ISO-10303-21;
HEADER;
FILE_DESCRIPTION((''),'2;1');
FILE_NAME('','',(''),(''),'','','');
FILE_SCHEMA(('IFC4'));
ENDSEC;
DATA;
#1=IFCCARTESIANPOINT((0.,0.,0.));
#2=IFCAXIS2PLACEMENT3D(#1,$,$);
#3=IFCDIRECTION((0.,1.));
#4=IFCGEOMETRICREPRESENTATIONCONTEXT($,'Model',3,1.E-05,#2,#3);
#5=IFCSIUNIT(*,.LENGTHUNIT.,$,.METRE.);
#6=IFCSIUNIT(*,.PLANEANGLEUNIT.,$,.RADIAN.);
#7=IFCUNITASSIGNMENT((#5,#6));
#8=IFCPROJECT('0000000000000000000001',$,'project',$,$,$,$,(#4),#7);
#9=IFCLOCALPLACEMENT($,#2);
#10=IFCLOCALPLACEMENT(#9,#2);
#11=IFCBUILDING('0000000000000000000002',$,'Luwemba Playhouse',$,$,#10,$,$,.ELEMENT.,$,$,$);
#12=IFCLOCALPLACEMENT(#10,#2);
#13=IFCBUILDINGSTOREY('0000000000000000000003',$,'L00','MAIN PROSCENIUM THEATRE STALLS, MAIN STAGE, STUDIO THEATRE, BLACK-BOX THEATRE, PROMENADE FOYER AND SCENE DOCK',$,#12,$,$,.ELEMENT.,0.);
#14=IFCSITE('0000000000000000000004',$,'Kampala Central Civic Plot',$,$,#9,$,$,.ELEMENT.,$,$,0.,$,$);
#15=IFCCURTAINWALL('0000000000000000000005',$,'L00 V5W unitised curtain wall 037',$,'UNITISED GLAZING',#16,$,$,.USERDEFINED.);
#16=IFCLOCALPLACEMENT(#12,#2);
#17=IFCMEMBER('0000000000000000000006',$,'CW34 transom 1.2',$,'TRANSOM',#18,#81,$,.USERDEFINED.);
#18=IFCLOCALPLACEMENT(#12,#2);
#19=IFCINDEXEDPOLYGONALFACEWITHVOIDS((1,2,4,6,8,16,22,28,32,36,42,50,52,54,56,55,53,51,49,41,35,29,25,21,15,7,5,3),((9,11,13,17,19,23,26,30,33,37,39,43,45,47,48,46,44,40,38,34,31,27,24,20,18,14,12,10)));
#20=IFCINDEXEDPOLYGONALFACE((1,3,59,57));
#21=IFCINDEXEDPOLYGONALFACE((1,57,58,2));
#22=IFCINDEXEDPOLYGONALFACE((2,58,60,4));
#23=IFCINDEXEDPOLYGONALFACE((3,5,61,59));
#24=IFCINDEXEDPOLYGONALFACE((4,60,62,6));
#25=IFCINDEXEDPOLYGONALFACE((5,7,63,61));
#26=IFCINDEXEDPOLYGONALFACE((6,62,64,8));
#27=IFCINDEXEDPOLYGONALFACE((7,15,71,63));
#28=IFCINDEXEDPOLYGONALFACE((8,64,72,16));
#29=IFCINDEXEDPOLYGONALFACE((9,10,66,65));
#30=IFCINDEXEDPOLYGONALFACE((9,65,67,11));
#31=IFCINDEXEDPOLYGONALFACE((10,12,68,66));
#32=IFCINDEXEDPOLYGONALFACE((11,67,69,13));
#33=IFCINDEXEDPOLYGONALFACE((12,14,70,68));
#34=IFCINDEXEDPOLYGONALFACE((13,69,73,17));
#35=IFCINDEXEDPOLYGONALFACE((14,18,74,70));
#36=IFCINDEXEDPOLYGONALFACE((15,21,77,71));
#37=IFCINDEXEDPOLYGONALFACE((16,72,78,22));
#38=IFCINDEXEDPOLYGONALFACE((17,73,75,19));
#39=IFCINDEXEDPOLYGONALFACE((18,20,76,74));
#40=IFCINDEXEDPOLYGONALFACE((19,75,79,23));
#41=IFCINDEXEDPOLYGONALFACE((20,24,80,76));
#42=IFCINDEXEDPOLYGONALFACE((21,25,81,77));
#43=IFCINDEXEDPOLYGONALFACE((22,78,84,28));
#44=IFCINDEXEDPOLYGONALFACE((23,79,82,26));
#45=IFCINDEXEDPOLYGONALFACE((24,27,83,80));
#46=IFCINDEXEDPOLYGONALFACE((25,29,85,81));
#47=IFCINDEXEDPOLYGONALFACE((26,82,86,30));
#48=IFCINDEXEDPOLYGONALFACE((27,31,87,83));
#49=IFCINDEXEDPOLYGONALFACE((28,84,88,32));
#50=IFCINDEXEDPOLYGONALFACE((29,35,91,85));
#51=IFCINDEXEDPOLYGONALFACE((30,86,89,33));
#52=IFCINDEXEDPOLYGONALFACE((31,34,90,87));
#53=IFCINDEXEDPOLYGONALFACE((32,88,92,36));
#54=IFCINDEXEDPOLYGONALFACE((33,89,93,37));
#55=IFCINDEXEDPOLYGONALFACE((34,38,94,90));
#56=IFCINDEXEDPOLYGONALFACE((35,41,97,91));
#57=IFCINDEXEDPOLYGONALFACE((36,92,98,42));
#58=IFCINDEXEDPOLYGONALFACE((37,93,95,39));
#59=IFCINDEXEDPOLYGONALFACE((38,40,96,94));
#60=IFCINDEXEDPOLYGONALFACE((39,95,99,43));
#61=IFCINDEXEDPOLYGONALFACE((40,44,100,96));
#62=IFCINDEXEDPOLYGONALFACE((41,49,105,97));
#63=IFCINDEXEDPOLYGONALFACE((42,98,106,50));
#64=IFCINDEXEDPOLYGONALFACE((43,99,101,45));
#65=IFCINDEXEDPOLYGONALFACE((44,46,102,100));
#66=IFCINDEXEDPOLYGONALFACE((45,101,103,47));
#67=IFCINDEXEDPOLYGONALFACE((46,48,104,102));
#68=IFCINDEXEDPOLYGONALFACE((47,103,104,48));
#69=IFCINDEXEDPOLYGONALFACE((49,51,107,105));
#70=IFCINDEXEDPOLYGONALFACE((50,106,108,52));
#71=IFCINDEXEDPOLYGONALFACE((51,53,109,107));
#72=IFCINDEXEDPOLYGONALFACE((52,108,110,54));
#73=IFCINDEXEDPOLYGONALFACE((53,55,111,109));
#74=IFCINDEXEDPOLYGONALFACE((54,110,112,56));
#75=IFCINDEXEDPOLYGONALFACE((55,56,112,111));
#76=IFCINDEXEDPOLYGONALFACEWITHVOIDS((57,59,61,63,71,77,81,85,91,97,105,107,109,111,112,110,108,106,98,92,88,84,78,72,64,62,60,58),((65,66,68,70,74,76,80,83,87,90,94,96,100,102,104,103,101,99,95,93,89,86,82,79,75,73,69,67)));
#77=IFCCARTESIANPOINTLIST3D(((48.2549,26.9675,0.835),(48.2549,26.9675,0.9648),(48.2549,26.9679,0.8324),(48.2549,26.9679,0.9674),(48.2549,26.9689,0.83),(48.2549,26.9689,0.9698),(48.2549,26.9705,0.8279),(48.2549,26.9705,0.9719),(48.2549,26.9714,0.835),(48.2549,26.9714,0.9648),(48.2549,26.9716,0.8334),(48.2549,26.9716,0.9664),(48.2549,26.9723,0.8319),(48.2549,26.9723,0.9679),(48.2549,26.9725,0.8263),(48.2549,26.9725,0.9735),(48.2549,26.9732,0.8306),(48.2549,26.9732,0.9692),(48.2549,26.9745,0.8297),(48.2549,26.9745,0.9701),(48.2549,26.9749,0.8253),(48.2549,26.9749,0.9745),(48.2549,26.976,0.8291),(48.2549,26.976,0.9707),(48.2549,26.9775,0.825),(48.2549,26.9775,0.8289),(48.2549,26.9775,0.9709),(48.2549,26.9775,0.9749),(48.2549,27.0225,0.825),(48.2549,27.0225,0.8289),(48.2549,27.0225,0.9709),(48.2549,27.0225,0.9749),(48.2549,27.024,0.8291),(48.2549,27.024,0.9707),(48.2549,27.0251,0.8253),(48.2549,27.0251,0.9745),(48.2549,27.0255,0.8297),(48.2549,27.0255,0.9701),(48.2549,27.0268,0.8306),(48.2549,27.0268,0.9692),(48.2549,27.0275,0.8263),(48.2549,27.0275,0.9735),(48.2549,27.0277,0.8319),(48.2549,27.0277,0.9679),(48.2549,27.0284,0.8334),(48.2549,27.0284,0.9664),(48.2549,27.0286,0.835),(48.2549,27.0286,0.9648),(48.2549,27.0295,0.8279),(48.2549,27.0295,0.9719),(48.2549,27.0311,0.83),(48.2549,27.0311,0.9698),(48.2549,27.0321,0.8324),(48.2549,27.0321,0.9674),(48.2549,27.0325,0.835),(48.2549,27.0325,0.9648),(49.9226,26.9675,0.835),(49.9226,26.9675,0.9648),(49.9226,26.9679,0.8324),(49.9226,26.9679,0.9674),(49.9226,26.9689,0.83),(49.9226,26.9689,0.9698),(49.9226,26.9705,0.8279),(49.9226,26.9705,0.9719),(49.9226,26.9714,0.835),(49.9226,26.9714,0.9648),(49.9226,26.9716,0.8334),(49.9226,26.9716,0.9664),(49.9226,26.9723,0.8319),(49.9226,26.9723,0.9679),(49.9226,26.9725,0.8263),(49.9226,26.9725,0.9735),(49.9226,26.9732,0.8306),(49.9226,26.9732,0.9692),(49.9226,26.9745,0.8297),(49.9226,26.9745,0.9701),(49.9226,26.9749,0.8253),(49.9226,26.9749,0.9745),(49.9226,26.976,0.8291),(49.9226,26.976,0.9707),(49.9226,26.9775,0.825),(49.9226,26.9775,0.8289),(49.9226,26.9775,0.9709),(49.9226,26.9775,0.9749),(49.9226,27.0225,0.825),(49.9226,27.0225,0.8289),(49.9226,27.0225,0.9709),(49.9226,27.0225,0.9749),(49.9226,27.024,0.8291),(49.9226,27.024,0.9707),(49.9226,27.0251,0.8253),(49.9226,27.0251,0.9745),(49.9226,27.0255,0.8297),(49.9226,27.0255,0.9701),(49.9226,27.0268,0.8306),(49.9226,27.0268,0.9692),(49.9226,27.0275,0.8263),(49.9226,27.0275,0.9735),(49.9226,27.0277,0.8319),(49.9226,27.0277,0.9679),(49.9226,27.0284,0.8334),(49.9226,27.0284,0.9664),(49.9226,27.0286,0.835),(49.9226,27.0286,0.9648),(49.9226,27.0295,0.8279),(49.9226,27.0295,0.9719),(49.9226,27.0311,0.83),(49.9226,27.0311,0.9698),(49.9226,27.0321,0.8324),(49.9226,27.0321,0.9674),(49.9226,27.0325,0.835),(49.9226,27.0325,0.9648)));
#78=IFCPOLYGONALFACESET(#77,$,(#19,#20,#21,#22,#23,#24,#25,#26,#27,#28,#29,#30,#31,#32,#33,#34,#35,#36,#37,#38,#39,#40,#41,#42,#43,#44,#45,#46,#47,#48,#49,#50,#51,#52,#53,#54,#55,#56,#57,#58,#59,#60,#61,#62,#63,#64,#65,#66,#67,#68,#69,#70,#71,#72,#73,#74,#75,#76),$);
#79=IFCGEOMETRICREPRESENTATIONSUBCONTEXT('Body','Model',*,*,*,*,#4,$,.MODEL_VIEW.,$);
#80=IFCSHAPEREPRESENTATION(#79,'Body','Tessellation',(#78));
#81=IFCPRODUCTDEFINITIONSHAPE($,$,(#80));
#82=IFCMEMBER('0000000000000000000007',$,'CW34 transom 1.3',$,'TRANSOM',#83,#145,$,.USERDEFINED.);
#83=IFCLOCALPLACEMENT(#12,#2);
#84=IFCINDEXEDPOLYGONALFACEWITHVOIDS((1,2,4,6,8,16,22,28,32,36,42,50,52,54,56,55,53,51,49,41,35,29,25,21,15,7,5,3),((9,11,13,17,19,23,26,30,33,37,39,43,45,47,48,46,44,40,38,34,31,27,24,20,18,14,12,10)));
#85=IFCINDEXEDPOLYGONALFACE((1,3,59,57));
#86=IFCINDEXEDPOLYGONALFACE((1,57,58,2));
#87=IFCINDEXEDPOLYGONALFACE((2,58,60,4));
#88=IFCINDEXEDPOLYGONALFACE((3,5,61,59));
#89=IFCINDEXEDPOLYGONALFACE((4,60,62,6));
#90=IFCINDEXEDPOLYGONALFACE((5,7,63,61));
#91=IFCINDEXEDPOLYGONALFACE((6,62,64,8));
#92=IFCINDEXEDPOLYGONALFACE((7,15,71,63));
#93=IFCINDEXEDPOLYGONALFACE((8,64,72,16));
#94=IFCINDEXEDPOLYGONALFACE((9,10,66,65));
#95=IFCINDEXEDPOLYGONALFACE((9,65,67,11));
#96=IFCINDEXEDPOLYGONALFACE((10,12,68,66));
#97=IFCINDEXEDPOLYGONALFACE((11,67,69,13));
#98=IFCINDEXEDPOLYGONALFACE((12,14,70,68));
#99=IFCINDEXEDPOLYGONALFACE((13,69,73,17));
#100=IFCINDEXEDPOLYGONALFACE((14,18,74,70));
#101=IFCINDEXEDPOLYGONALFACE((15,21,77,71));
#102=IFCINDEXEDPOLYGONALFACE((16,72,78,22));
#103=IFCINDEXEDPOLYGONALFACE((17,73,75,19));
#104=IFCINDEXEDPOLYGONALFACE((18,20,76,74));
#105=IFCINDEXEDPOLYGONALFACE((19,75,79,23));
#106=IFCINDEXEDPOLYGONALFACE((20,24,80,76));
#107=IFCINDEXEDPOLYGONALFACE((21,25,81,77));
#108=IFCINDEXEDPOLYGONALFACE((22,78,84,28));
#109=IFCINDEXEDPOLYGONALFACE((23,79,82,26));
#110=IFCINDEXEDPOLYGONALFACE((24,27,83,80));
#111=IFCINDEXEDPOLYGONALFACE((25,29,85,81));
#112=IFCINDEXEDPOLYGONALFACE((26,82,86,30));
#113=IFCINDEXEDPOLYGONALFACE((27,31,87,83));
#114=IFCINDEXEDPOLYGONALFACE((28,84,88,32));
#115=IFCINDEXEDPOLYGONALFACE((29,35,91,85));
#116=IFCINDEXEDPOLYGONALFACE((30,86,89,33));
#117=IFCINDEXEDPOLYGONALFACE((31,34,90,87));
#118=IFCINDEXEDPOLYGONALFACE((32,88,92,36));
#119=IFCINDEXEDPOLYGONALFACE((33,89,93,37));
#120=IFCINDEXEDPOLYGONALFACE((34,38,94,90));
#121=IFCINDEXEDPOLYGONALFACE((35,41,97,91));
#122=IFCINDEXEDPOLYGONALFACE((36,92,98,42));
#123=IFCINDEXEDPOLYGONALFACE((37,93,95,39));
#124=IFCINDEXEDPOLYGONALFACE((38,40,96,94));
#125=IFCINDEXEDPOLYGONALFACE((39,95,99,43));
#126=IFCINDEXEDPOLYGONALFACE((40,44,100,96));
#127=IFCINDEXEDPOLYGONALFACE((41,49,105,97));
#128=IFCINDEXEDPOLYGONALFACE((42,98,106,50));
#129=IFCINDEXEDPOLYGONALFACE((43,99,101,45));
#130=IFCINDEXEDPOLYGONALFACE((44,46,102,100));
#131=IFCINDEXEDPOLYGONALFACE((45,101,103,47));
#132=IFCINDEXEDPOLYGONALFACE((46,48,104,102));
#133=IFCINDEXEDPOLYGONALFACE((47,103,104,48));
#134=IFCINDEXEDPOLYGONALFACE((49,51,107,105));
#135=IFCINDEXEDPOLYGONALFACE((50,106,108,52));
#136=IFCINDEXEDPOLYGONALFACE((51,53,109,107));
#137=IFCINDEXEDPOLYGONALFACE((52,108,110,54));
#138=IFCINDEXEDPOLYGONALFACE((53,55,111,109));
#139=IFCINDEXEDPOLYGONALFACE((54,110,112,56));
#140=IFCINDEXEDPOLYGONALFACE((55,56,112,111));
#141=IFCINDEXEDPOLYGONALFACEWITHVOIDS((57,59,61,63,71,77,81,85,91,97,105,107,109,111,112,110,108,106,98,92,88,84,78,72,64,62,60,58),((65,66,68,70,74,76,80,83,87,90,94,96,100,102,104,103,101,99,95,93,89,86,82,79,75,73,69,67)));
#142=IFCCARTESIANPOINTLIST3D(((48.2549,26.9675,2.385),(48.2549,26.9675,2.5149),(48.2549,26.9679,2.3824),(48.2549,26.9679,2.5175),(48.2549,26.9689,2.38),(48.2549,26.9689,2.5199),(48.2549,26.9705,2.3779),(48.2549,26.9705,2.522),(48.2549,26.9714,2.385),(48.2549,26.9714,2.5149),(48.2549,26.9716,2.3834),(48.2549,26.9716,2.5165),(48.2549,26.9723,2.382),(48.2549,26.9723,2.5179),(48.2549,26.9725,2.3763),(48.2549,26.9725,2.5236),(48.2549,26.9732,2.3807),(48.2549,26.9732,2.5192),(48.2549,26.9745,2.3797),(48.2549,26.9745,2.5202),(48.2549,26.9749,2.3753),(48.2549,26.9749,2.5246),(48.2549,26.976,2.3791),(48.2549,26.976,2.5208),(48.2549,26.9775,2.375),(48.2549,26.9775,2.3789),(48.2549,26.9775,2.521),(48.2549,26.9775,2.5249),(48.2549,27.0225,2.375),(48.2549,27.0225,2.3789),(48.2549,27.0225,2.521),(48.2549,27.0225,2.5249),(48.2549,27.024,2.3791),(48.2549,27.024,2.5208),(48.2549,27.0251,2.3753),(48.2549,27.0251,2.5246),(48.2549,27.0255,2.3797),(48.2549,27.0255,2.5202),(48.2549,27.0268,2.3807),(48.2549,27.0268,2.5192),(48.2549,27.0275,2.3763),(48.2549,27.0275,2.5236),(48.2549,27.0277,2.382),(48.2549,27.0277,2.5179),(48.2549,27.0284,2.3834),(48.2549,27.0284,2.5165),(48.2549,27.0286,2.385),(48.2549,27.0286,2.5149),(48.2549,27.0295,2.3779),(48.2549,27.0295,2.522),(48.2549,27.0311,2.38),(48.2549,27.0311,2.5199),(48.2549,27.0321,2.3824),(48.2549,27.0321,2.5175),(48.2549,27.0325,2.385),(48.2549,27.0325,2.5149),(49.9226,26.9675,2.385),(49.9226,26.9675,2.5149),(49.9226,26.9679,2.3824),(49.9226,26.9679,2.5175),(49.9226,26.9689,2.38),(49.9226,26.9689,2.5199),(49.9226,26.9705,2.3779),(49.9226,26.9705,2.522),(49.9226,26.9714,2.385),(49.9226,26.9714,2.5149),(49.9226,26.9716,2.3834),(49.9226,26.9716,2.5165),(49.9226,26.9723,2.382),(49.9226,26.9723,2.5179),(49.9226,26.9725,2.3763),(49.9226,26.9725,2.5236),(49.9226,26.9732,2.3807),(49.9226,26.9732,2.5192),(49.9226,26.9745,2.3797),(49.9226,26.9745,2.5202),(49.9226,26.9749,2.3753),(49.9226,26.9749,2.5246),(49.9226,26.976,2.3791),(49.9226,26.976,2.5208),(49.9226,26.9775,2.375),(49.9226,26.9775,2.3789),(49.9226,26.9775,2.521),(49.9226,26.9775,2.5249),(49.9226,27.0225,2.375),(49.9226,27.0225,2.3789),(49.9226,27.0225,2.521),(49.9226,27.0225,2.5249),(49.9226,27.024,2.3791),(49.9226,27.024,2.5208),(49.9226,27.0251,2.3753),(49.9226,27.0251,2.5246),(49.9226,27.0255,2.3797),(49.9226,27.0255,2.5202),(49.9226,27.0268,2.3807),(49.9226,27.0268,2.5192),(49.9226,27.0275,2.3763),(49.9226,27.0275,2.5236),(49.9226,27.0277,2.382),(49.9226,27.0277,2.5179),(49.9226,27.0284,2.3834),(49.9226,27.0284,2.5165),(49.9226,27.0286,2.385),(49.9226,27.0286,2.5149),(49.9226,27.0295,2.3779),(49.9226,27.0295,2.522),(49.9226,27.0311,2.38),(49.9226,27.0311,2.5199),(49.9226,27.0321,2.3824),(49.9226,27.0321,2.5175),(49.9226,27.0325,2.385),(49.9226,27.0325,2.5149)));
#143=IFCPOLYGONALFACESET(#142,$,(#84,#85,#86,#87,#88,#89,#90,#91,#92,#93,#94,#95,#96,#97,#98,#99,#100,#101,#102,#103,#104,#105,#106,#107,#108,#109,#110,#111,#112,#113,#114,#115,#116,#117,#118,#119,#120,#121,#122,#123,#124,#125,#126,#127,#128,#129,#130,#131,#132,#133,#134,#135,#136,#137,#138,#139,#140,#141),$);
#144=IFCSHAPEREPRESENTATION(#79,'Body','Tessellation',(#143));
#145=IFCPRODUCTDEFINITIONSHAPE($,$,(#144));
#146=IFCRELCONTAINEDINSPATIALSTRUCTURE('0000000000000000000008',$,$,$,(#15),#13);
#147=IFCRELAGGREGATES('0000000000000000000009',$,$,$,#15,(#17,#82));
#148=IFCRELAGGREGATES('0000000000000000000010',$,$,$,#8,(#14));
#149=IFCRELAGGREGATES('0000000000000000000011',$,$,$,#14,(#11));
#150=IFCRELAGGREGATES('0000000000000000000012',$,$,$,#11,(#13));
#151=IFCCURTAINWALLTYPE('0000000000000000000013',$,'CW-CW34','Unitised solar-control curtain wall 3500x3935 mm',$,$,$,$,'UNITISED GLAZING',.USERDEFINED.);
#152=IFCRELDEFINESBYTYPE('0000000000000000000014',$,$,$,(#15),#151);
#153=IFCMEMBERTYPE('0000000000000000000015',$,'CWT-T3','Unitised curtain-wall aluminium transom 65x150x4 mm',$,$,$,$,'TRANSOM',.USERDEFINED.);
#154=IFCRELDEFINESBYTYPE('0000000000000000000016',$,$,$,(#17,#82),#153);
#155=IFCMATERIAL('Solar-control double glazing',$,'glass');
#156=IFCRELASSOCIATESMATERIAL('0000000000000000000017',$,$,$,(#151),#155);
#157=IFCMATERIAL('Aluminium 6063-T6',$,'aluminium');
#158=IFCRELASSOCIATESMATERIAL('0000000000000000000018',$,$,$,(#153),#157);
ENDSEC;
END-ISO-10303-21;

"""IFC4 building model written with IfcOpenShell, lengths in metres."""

from ifc_helpers import new_model, si_unit, direction, frame, origin, origin_2d, place, context, subcontext, project, spatial, hollow_rectangle, extrude, material, material_profile, profile_set, type_object, element, aggregate, save


model = new_model("IFC4")

# Units and contexts
model_context = context("Model", 3, precision=1e-05, world=origin(), true_north=direction((0.0, 1.0)))
body_context = subcontext(model_context, "Body", "Model", "MODEL_VIEW")
ifc_project = project(units=[si_unit("LENGTHUNIT", "METRE"), si_unit("PLANEANGLEUNIT", "RADIAN")], contexts=[model_context])

# Site, building, storey
site_placement = place(None, origin())
site = spatial("IfcSite", under=ifc_project, at=site_placement, Name="Kampala Central Civic Plot", CompositionType="ELEMENT", RefElevation=0.0)
building_placement = place(site_placement, origin())
building = spatial("IfcBuilding", under=site, at=building_placement, Name="Luwemba Playhouse", CompositionType="ELEMENT")
storey_placement = place(building_placement, origin())
storey = spatial("IfcBuildingStorey", under=building, at=storey_placement, Name="L00", Description="MAIN PROSCENIUM THEATRE STALLS, MAIN STAGE, STUDIO THEATRE, BLACK-BOX THEATRE, PROMENADE FOYER AND SCENE DOCK", CompositionType="ELEMENT", Elevation=0.0)

# Shared definitions
ifc_material_1 = material(Name="Solar-control double glazing", Category="glass")
ifc_material_2 = material(Name="Aluminium 6063-T6", Category="aluminium")

# Curtain wall
curtain_wall_type_1 = type_object("IfcCurtainWallType", Name="CW-CW34", Description="Unitised solar-control curtain wall 3500x3935 mm", ElementType="UNITISED GLAZING", PredefinedType="USERDEFINED", material=ifc_material_1)
curtain_wall_1_placement = place(storey_placement, origin())
curtain_wall_1 = element("IfcCurtainWall", 1, at=curtain_wall_1_placement, inside=storey, type_object=curtain_wall_type_1, Name="L00 V5W unitised curtain wall 037", ObjectType="UNITISED GLAZING", PredefinedType="USERDEFINED")

# Members
ifc_material_profile_1 = material_profile(ifc_material_2, hollow_rectangle(XDim=0.0649, YDim=0.1499, WallThickness=0.0039, InnerFilletRadius=0.0061, OuterFilletRadius=0.01, at=origin_2d()))
ifc_profile_set_1 = profile_set([ifc_material_profile_1], Name="Aluminium 6063-T6")
member_type_1 = type_object("IfcMemberType", Name="CWT-T3", Description="Unitised curtain-wall aluminium transom 65x150x4 mm", ElementType="TRANSOM", PredefinedType="USERDEFINED", material=ifc_profile_set_1)
member_1_placement = place(storey_placement, frame((48.2549, 27.0, 0.8999), z_axis=(1.0, 0.0, 0.0), x_axis=(0.0, 1.0, 0.0)))
member_1 = element("IfcMember", 2, at=member_1_placement, type_object=member_type_1, Name="CW34 transom 1.2", ObjectType="TRANSOM", PredefinedType="USERDEFINED", context=body_context, shape_type="SweptSolid", body=[
    extrude(hollow_rectangle(XDim=0.0649, YDim=0.1499, WallThickness=0.0039, InnerFilletRadius=0.0061, OuterFilletRadius=0.01, at=origin_2d()), origin(), (0.0, 0.0, 1.0), 1.6677),
])
member_2_placement = place(storey_placement, frame((48.2549, 27.0, 2.45), z_axis=(1.0, 0.0, 0.0), x_axis=(0.0, 1.0, 0.0)))
member_2 = element("IfcMember", 3, at=member_2_placement, type_object=member_type_1, Name="CW34 transom 1.3", ObjectType="TRANSOM", PredefinedType="USERDEFINED", context=body_context, shape_type="SweptSolid", body=[
    extrude(hollow_rectangle(XDim=0.0649, YDim=0.1499, WallThickness=0.0039, InnerFilletRadius=0.0061, OuterFilletRadius=0.01, at=origin_2d()), origin(), (0.0, 0.0, 1.0), 1.6677),
])

aggregate(curtain_wall_1, [member_1, member_2])

save(model, "model.ifc")
